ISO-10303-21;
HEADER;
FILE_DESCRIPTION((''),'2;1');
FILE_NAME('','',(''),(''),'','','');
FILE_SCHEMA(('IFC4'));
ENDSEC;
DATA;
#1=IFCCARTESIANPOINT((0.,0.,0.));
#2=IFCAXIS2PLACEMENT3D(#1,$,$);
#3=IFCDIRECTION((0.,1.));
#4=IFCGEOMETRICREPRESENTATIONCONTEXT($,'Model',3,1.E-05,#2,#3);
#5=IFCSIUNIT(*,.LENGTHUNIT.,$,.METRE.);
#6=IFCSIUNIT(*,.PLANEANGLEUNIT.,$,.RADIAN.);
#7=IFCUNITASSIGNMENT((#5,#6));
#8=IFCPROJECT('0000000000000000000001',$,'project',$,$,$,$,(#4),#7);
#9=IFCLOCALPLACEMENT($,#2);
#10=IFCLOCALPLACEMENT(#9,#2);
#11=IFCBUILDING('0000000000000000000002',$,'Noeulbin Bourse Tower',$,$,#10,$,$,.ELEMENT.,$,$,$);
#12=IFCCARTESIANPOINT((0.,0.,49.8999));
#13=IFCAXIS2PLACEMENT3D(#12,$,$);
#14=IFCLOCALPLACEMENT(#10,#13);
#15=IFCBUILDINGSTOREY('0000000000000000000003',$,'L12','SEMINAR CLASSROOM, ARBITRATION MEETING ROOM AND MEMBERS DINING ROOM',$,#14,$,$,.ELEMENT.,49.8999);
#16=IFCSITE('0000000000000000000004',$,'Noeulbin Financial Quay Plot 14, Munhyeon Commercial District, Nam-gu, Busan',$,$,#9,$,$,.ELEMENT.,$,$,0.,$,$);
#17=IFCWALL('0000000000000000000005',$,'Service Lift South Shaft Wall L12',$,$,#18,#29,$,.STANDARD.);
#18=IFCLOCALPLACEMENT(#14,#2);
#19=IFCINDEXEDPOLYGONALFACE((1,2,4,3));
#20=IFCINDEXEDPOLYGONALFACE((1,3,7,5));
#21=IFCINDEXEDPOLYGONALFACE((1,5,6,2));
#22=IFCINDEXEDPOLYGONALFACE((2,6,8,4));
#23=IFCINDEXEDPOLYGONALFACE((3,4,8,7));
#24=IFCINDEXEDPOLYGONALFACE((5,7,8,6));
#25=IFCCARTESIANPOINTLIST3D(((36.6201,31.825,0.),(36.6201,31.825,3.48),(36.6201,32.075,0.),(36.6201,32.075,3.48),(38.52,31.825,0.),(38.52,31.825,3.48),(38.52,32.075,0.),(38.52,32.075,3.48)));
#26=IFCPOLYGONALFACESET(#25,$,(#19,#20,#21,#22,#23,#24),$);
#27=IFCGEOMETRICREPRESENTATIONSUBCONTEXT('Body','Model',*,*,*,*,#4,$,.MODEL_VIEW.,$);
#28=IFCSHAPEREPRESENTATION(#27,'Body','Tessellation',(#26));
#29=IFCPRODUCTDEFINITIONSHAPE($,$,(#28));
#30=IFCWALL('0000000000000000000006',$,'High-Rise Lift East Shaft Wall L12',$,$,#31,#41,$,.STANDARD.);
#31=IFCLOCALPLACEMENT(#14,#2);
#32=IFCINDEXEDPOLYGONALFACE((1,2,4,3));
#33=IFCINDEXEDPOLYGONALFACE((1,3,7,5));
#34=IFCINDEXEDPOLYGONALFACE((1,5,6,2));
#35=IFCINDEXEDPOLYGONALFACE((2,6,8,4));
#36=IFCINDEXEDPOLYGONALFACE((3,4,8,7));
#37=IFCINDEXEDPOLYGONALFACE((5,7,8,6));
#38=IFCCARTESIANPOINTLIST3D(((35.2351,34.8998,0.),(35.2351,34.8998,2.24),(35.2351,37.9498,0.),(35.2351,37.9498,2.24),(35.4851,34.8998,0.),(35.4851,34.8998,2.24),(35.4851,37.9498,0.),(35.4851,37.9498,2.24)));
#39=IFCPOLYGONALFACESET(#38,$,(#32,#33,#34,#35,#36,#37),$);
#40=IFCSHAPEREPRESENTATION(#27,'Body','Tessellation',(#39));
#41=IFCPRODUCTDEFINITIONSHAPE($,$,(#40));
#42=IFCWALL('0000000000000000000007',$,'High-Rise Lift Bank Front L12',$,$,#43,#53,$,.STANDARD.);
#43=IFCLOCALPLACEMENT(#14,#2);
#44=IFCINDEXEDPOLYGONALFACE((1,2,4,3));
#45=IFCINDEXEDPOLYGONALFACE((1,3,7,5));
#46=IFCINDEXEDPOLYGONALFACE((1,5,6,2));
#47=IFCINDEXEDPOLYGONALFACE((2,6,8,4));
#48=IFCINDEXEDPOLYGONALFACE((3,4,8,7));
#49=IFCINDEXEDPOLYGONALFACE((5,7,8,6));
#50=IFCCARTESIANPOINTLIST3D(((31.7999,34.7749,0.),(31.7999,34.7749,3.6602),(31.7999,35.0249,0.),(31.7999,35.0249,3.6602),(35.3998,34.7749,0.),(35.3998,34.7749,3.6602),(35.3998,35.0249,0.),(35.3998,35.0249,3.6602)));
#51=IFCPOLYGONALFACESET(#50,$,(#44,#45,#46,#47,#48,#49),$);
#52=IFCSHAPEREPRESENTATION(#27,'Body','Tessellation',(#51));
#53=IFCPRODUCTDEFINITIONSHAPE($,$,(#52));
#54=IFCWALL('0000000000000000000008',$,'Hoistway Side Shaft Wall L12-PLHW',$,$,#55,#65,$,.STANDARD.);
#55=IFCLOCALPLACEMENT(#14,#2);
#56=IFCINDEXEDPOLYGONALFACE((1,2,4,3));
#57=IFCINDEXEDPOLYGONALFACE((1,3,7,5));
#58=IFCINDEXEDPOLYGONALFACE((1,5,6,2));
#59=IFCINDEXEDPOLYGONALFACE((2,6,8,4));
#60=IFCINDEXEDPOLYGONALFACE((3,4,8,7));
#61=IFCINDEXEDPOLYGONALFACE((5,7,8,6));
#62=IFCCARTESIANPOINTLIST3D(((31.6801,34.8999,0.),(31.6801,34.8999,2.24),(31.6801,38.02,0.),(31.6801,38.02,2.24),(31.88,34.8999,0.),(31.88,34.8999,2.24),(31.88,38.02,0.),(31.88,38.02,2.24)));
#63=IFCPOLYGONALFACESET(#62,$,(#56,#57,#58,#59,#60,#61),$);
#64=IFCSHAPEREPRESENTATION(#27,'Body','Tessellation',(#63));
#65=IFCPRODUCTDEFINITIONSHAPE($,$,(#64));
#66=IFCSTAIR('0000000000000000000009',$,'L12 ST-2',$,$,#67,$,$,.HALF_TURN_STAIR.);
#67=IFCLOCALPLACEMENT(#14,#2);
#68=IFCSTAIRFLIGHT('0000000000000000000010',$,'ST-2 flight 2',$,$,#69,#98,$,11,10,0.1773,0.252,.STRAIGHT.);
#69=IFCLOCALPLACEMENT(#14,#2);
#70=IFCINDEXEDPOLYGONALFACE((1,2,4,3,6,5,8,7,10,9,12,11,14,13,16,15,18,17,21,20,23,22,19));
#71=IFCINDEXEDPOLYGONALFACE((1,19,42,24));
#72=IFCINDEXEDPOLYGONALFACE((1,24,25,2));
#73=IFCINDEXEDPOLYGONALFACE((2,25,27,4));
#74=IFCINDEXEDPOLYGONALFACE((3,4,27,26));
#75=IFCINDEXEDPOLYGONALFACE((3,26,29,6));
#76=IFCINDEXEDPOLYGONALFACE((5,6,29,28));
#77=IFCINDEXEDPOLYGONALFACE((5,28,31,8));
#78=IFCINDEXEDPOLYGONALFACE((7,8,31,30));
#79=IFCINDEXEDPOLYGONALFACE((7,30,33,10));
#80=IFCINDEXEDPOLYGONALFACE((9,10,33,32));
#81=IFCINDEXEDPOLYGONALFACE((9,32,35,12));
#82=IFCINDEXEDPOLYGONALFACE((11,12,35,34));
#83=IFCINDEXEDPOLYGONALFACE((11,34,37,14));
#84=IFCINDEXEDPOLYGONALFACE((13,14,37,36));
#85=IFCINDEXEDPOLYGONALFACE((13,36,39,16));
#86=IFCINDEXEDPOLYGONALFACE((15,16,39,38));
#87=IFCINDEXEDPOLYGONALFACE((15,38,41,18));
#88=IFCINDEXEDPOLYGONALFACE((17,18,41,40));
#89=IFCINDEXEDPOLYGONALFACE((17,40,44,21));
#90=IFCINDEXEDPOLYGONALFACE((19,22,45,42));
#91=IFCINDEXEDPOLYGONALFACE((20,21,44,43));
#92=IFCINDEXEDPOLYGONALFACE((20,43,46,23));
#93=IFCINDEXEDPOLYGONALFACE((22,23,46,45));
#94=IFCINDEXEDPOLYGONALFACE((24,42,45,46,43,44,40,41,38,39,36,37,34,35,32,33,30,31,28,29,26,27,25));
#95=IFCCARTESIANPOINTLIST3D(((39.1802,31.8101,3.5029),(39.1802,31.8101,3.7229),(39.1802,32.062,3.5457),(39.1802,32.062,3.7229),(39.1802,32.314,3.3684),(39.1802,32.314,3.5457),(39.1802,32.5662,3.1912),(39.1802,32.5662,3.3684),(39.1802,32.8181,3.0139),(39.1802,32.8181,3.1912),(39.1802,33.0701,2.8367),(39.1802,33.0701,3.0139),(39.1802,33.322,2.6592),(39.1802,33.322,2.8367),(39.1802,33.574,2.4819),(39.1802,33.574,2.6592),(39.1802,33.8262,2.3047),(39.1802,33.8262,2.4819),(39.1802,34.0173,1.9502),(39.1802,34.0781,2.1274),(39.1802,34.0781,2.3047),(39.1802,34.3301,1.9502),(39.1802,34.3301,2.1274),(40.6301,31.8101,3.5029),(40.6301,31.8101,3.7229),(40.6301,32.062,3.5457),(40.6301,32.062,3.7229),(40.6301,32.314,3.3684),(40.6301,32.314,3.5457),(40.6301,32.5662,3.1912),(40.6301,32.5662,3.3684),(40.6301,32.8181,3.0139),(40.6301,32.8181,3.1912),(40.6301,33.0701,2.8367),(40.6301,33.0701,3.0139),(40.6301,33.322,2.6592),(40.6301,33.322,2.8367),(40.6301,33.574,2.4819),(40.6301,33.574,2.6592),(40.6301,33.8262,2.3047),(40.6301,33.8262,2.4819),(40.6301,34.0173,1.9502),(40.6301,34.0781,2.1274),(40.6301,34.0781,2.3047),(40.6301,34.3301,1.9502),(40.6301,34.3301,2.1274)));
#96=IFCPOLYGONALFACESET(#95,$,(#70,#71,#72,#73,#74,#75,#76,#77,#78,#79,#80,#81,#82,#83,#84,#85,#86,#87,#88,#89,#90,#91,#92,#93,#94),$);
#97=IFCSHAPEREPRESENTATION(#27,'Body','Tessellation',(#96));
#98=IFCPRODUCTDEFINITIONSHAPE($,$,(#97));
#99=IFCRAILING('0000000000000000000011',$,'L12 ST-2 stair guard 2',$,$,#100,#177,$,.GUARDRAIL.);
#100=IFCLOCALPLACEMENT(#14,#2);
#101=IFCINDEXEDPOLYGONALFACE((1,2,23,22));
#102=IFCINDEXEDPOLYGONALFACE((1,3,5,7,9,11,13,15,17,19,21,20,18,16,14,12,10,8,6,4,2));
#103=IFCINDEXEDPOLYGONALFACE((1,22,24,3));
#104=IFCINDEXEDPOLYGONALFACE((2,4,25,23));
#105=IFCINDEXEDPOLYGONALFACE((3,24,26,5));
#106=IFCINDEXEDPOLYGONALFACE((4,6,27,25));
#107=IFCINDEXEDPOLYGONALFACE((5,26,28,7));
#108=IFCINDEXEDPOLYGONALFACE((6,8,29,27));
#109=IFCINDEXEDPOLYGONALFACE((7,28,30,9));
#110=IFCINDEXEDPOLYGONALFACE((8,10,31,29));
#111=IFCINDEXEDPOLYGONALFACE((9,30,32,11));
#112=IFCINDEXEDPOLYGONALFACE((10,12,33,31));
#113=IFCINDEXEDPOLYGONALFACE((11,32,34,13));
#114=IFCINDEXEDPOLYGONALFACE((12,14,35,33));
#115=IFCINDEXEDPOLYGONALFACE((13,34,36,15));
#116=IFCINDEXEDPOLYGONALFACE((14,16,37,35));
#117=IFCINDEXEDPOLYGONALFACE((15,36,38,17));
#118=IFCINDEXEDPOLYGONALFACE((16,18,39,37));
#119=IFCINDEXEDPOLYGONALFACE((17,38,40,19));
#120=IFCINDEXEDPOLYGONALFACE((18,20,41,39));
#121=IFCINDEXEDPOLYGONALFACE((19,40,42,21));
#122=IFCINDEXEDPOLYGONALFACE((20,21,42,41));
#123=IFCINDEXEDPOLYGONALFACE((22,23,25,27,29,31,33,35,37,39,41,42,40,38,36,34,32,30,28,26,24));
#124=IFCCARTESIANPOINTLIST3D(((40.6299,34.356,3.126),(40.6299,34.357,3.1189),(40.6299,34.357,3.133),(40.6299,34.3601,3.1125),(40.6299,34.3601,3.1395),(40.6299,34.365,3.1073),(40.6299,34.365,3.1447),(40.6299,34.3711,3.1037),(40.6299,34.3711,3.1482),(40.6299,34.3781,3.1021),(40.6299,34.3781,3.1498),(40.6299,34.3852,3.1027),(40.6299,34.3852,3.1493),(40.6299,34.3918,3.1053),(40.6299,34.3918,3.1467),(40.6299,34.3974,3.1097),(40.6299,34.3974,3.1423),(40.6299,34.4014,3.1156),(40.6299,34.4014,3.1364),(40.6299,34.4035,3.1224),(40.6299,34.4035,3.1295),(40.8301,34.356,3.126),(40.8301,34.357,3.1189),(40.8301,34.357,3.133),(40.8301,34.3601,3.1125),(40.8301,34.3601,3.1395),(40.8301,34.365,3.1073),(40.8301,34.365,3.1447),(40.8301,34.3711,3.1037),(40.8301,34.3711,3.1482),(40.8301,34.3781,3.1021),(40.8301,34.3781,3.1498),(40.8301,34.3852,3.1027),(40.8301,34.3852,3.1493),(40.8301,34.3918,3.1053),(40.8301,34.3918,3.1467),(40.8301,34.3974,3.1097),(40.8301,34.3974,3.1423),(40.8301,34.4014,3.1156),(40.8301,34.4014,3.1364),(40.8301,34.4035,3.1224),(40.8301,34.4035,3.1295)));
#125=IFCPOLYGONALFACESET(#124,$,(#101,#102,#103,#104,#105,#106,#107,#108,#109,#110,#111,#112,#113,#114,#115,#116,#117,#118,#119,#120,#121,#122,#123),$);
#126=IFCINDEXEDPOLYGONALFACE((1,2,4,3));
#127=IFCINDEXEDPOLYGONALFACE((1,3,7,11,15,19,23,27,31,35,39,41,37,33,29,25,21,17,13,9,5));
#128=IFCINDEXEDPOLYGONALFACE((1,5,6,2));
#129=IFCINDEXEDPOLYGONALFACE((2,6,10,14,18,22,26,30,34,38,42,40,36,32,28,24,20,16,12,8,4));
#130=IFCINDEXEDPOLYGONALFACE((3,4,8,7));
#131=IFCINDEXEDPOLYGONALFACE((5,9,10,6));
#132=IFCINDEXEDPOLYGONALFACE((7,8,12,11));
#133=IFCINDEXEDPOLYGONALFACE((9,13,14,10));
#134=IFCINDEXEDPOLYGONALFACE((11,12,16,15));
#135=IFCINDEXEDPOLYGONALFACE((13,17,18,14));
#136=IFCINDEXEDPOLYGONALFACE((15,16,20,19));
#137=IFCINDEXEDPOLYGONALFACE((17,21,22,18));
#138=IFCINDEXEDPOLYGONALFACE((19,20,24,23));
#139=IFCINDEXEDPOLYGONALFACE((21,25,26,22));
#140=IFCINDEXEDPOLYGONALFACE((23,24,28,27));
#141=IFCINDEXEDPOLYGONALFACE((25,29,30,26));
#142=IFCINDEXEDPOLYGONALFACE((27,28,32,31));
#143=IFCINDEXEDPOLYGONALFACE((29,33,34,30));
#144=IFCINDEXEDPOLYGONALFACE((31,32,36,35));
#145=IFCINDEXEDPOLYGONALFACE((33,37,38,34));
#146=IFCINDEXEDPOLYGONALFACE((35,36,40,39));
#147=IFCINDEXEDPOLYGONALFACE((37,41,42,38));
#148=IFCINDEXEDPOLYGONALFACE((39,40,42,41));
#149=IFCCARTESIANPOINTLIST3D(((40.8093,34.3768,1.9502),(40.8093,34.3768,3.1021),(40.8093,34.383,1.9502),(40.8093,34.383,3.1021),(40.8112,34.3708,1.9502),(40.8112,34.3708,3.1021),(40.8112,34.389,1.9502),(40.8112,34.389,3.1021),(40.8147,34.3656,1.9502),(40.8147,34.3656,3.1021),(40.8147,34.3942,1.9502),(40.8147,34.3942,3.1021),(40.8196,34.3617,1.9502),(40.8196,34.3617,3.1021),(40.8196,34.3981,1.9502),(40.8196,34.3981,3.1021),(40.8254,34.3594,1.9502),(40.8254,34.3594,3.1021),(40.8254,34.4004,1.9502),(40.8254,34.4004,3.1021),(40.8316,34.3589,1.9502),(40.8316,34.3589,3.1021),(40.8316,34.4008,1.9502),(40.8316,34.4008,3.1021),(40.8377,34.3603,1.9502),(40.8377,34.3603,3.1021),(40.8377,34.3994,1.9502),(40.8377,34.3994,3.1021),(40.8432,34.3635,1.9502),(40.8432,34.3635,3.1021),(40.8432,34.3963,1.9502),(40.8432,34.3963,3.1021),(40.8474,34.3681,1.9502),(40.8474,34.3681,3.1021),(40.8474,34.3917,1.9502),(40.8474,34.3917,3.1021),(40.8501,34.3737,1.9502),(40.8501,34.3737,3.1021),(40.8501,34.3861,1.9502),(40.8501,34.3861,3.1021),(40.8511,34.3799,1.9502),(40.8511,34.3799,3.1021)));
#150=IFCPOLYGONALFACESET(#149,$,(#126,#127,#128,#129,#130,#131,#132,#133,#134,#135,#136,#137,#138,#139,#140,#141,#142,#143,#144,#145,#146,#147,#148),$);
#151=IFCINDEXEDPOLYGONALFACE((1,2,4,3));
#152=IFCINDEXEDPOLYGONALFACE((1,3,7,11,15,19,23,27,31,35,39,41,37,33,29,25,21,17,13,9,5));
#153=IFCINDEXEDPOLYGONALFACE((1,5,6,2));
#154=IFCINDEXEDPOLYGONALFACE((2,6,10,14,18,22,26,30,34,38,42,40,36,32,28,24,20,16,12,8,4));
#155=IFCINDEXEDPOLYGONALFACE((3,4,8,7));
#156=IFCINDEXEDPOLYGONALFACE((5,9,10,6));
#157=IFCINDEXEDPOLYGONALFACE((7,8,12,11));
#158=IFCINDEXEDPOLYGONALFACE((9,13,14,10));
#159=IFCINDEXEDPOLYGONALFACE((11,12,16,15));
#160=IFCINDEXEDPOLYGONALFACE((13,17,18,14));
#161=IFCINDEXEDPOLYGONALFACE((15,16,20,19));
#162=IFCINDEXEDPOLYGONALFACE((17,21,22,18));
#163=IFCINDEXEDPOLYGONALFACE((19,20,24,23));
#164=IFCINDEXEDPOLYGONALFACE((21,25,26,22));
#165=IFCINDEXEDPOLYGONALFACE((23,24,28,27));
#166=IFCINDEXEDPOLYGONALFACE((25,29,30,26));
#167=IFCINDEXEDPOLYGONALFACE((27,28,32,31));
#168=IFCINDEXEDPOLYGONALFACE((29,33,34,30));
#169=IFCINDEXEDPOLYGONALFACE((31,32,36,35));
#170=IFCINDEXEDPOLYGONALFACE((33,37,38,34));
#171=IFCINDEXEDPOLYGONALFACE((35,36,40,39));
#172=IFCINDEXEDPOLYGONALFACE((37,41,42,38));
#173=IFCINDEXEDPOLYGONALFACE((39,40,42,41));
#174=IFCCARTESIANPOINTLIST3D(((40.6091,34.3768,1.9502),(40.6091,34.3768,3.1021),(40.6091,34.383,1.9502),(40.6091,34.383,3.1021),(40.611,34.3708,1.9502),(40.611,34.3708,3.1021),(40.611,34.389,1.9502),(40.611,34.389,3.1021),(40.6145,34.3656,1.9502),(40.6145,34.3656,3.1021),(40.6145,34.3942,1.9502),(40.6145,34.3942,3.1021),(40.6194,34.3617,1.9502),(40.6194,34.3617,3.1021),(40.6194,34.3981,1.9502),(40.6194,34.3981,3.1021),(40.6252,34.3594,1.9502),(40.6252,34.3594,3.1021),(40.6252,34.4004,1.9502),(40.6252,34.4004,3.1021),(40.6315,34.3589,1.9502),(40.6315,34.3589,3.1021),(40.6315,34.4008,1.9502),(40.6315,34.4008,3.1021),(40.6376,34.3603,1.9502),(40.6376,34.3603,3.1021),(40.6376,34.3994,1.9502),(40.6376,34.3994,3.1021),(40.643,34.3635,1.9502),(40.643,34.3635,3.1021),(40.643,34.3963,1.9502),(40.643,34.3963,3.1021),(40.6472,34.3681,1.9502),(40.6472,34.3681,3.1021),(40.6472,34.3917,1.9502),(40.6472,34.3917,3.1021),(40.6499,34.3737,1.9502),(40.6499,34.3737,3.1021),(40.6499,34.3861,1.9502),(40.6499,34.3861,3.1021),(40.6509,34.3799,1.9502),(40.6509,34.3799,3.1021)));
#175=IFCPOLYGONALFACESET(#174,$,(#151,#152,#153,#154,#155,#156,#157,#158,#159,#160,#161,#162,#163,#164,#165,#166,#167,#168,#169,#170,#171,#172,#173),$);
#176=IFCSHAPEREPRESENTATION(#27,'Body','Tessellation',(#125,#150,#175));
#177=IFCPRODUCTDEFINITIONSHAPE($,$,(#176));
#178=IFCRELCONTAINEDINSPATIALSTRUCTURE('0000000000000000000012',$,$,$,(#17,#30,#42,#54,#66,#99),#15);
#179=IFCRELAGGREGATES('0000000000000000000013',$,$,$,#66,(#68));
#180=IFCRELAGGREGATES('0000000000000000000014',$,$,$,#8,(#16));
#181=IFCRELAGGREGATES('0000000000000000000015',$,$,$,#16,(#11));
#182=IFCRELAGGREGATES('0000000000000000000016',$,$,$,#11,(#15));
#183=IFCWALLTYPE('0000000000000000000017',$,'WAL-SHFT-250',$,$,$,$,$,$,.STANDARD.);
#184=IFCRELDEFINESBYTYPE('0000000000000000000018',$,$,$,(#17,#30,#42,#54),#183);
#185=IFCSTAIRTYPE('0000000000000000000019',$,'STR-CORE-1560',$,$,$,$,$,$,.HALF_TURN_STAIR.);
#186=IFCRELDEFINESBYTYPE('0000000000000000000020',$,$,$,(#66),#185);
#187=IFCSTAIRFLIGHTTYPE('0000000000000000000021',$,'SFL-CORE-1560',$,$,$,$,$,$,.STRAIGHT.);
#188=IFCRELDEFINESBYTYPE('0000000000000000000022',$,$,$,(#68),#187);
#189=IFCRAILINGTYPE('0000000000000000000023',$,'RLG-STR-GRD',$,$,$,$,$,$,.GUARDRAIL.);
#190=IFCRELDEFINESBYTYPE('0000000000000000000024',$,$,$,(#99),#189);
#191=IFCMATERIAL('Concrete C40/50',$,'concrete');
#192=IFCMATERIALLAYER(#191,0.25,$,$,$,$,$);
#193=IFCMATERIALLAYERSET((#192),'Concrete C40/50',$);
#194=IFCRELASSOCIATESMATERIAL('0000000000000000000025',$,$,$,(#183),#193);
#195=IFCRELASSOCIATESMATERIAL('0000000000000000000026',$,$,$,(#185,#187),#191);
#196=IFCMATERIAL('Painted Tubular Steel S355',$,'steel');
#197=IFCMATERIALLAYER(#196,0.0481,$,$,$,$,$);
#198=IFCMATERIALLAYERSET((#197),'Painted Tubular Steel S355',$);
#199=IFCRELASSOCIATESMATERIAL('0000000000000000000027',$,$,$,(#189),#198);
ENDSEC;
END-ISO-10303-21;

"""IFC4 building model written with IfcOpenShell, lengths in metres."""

from ifc_helpers import new_model, si_unit, direction, frame, frame_2d, origin, origin_2d, place, context, subcontext, project, spatial, polyline, rectangle, circle, outline, extrude, material, layer, layer_set, type_object, element, aggregate, save


model = new_model("IFC4")

# Units and contexts
model_context = context("Model", 3, precision=1e-05, world=origin(), true_north=direction((0.0, 1.0)))
body_context = subcontext(model_context, "Body", "Model", "MODEL_VIEW")
ifc_project = project(units=[si_unit("LENGTHUNIT", "METRE"), si_unit("PLANEANGLEUNIT", "RADIAN")], contexts=[model_context])

# Site, building, storey
site_placement = place(None, origin())
site = spatial("IfcSite", under=ifc_project, at=site_placement, Name="Noeulbin Financial Quay Plot 14, Munhyeon Commercial District, Nam-gu, Busan", CompositionType="ELEMENT", RefElevation=0.0)
building_placement = place(site_placement, origin())
building = spatial("IfcBuilding", under=site, at=building_placement, Name="Noeulbin Bourse Tower", CompositionType="ELEMENT")
storey_placement = place(building_placement, frame((0.0, 0.0, 49.8999)))
storey = spatial("IfcBuildingStorey", under=building, at=storey_placement, Name="L12", Description="SEMINAR CLASSROOM, ARBITRATION MEETING ROOM AND MEMBERS DINING ROOM", CompositionType="ELEMENT", Elevation=49.8999)

# Shared definitions
ifc_material_1 = material(Name="Concrete C40/50", Category="concrete")

# Shared definitions
ifc_layer_1 = layer(ifc_material_1, 0.25)
ifc_layer_set_1 = layer_set([ifc_layer_1], Name="Concrete C40/50")
wall_type_1 = type_object("IfcWallType", Name="WAL-SHFT-250", PredefinedType="STANDARD", material=ifc_layer_set_1)

# Walls
wall_1_placement = place(storey_placement, frame((36.6201, 31.95, 0.0), z_axis=(0.0, 0.0, 1.0), x_axis=(1.0, 0.0, 0.0)))
element("IfcWall", 1, at=wall_1_placement, inside=storey, type_object=wall_type_1, Name="Service Lift South Shaft Wall L12", PredefinedType="STANDARD", context=body_context, shape_type="SweptSolid", body=[
    extrude(rectangle(XDim=1.8999, YDim=0.25, at=frame_2d((0.95, 0.0))), origin(), (0.0, 0.0, 1.0), 3.48),
])
wall_2_placement = place(storey_placement, frame((35.3601, 34.8999, 0.0), z_axis=(0.0, 0.0, 1.0), x_axis=(0.0, 1.0, 0.0)))
element("IfcWall", 2, at=wall_2_placement, inside=storey, type_object=wall_type_1, Name="High-Rise Lift East Shaft Wall L12", PredefinedType="STANDARD", context=body_context, shape_type="SweptSolid", body=[
    extrude(rectangle(XDim=3.05, YDim=0.25, at=frame_2d((1.5249, 0.0))), origin(), (0.0, 0.0, 1.0), 2.24),
])
wall_3_placement = place(storey_placement, frame((31.8, 34.8999, 0.0), z_axis=(0.0, 0.0, 1.0), x_axis=(1.0, 0.0, 0.0)))
element("IfcWall", 3, at=wall_3_placement, inside=storey, type_object=wall_type_1, Name="High-Rise Lift Bank Front L12", PredefinedType="STANDARD", context=body_context, shape_type="SweptSolid", body=[
    extrude(rectangle(XDim=3.5999, YDim=0.25, at=frame_2d((1.7998, 0.0))), origin(), (0.0, 0.0, 1.0), 3.6602),
])
wall_4_placement = place(storey_placement, frame((31.78, 34.8999, 0.0), z_axis=(0.0, 0.0, 1.0), x_axis=(0.0, 1.0, 0.0)))
element("IfcWall", 4, at=wall_4_placement, inside=storey, type_object=wall_type_1, Name="Hoistway Side Shaft Wall L12-PLHW", PredefinedType="STANDARD", context=body_context, shape_type="SweptSolid", body=[
    extrude(rectangle(XDim=3.1201, YDim=0.2, at=frame_2d((1.5601, 0.0))), origin(), (0.0, 0.0, 1.0), 2.24),
])

# Stair, stair flight
stair_type = type_object("IfcStairType", Name="STR-CORE-1560", PredefinedType="HALF_TURN_STAIR", material=ifc_material_1)
stair_placement = place(storey_placement, origin())
stair = element("IfcStair", 5, at=stair_placement, inside=storey, type_object=stair_type, Name="L12 ST-2", PredefinedType="HALF_TURN_STAIR")
stair_flight_type = type_object("IfcStairFlightType", Name="SFL-CORE-1560", PredefinedType="STRAIGHT", material=ifc_material_1)
stair_flight_placement = place(storey_placement, frame((39.905, 34.3301, 1.9502), z_axis=(0.0, 0.0, 1.0), x_axis=(0.0, -1.0, 0.0)))
stair_flight = element("IfcStairFlight", 6, at=stair_flight_placement, type_object=stair_flight_type, Name="ST-2 flight 2", NumberOfRisers=11, NumberOfTreads=10, PredefinedType="STRAIGHT", RiserHeight=0.1773, TreadLength=0.252, context=body_context, shape_type="SweptSolid", body=[
    extrude(outline(polyline([(0.0, 0.0), (0.0, 0.1772), (0.252, 0.1772), (0.252, 0.3545), (0.5039, 0.3545), (0.5039, 0.5317), (0.7561, 0.5317), (0.7561, 0.709), (1.0081, 0.709), (1.0081, 0.8865), (1.26, 0.8865), (1.26, 1.0637), (1.512, 1.0637), (1.512, 1.241), (1.7639, 1.241), (1.7639, 1.4182), (2.0161, 1.4182), (2.0161, 1.5955), (2.2681, 1.5955), (2.2681, 1.7727), (2.52, 1.7727), (2.52, 1.95), (2.52, 1.5527), (0.3127, 0.0), (0.0, 0.0)])), frame((0.0, 0.7251, 0.0), z_axis=(0.0, -1.0, 0.0), x_axis=(1.0, 0.0, 0.0)), (0.0, 0.0, 1.0), 1.45),
])
aggregate(stair, [stair_flight])

# Railing
ifc_material_2 = material(Name="Painted Tubular Steel S355", Category="steel")
ifc_layer_2 = layer(ifc_material_2, 0.0481)
ifc_layer_set_2 = layer_set([ifc_layer_2], Name="Painted Tubular Steel S355")
railing_type_1 = type_object("IfcRailingType", Name="RLG-STR-GRD", PredefinedType="GUARDRAIL", material=ifc_layer_set_2)
railing_1_placement = place(storey_placement, frame((40.8301, 34.3799, 1.9502)))
element("IfcRailing", 7, at=railing_1_placement, inside=storey, type_object=railing_type_1, Name="L12 ST-2 stair guard 2", PredefinedType="GUARDRAIL", context=body_context, shape_type="SweptSolid", body=[
    extrude(circle(Radius=0.0239, at=origin_2d()), frame((0.0, 0.0, 1.1758), z_axis=(-1.0, 0.0, 0.0), x_axis=(0.0, -1.0, 0.0)), (0.0, 0.0, 1.0), 0.2002),
    extrude(circle(Radius=0.021, at=origin_2d()), origin(), (0.0, 0.0, 1.0), 1.1519),
    extrude(circle(Radius=0.021, at=origin_2d()), frame((-0.2002, 0.0, 0.0)), (0.0, 0.0, 1.0), 1.1519),
])

save(model, "model.ifc")
